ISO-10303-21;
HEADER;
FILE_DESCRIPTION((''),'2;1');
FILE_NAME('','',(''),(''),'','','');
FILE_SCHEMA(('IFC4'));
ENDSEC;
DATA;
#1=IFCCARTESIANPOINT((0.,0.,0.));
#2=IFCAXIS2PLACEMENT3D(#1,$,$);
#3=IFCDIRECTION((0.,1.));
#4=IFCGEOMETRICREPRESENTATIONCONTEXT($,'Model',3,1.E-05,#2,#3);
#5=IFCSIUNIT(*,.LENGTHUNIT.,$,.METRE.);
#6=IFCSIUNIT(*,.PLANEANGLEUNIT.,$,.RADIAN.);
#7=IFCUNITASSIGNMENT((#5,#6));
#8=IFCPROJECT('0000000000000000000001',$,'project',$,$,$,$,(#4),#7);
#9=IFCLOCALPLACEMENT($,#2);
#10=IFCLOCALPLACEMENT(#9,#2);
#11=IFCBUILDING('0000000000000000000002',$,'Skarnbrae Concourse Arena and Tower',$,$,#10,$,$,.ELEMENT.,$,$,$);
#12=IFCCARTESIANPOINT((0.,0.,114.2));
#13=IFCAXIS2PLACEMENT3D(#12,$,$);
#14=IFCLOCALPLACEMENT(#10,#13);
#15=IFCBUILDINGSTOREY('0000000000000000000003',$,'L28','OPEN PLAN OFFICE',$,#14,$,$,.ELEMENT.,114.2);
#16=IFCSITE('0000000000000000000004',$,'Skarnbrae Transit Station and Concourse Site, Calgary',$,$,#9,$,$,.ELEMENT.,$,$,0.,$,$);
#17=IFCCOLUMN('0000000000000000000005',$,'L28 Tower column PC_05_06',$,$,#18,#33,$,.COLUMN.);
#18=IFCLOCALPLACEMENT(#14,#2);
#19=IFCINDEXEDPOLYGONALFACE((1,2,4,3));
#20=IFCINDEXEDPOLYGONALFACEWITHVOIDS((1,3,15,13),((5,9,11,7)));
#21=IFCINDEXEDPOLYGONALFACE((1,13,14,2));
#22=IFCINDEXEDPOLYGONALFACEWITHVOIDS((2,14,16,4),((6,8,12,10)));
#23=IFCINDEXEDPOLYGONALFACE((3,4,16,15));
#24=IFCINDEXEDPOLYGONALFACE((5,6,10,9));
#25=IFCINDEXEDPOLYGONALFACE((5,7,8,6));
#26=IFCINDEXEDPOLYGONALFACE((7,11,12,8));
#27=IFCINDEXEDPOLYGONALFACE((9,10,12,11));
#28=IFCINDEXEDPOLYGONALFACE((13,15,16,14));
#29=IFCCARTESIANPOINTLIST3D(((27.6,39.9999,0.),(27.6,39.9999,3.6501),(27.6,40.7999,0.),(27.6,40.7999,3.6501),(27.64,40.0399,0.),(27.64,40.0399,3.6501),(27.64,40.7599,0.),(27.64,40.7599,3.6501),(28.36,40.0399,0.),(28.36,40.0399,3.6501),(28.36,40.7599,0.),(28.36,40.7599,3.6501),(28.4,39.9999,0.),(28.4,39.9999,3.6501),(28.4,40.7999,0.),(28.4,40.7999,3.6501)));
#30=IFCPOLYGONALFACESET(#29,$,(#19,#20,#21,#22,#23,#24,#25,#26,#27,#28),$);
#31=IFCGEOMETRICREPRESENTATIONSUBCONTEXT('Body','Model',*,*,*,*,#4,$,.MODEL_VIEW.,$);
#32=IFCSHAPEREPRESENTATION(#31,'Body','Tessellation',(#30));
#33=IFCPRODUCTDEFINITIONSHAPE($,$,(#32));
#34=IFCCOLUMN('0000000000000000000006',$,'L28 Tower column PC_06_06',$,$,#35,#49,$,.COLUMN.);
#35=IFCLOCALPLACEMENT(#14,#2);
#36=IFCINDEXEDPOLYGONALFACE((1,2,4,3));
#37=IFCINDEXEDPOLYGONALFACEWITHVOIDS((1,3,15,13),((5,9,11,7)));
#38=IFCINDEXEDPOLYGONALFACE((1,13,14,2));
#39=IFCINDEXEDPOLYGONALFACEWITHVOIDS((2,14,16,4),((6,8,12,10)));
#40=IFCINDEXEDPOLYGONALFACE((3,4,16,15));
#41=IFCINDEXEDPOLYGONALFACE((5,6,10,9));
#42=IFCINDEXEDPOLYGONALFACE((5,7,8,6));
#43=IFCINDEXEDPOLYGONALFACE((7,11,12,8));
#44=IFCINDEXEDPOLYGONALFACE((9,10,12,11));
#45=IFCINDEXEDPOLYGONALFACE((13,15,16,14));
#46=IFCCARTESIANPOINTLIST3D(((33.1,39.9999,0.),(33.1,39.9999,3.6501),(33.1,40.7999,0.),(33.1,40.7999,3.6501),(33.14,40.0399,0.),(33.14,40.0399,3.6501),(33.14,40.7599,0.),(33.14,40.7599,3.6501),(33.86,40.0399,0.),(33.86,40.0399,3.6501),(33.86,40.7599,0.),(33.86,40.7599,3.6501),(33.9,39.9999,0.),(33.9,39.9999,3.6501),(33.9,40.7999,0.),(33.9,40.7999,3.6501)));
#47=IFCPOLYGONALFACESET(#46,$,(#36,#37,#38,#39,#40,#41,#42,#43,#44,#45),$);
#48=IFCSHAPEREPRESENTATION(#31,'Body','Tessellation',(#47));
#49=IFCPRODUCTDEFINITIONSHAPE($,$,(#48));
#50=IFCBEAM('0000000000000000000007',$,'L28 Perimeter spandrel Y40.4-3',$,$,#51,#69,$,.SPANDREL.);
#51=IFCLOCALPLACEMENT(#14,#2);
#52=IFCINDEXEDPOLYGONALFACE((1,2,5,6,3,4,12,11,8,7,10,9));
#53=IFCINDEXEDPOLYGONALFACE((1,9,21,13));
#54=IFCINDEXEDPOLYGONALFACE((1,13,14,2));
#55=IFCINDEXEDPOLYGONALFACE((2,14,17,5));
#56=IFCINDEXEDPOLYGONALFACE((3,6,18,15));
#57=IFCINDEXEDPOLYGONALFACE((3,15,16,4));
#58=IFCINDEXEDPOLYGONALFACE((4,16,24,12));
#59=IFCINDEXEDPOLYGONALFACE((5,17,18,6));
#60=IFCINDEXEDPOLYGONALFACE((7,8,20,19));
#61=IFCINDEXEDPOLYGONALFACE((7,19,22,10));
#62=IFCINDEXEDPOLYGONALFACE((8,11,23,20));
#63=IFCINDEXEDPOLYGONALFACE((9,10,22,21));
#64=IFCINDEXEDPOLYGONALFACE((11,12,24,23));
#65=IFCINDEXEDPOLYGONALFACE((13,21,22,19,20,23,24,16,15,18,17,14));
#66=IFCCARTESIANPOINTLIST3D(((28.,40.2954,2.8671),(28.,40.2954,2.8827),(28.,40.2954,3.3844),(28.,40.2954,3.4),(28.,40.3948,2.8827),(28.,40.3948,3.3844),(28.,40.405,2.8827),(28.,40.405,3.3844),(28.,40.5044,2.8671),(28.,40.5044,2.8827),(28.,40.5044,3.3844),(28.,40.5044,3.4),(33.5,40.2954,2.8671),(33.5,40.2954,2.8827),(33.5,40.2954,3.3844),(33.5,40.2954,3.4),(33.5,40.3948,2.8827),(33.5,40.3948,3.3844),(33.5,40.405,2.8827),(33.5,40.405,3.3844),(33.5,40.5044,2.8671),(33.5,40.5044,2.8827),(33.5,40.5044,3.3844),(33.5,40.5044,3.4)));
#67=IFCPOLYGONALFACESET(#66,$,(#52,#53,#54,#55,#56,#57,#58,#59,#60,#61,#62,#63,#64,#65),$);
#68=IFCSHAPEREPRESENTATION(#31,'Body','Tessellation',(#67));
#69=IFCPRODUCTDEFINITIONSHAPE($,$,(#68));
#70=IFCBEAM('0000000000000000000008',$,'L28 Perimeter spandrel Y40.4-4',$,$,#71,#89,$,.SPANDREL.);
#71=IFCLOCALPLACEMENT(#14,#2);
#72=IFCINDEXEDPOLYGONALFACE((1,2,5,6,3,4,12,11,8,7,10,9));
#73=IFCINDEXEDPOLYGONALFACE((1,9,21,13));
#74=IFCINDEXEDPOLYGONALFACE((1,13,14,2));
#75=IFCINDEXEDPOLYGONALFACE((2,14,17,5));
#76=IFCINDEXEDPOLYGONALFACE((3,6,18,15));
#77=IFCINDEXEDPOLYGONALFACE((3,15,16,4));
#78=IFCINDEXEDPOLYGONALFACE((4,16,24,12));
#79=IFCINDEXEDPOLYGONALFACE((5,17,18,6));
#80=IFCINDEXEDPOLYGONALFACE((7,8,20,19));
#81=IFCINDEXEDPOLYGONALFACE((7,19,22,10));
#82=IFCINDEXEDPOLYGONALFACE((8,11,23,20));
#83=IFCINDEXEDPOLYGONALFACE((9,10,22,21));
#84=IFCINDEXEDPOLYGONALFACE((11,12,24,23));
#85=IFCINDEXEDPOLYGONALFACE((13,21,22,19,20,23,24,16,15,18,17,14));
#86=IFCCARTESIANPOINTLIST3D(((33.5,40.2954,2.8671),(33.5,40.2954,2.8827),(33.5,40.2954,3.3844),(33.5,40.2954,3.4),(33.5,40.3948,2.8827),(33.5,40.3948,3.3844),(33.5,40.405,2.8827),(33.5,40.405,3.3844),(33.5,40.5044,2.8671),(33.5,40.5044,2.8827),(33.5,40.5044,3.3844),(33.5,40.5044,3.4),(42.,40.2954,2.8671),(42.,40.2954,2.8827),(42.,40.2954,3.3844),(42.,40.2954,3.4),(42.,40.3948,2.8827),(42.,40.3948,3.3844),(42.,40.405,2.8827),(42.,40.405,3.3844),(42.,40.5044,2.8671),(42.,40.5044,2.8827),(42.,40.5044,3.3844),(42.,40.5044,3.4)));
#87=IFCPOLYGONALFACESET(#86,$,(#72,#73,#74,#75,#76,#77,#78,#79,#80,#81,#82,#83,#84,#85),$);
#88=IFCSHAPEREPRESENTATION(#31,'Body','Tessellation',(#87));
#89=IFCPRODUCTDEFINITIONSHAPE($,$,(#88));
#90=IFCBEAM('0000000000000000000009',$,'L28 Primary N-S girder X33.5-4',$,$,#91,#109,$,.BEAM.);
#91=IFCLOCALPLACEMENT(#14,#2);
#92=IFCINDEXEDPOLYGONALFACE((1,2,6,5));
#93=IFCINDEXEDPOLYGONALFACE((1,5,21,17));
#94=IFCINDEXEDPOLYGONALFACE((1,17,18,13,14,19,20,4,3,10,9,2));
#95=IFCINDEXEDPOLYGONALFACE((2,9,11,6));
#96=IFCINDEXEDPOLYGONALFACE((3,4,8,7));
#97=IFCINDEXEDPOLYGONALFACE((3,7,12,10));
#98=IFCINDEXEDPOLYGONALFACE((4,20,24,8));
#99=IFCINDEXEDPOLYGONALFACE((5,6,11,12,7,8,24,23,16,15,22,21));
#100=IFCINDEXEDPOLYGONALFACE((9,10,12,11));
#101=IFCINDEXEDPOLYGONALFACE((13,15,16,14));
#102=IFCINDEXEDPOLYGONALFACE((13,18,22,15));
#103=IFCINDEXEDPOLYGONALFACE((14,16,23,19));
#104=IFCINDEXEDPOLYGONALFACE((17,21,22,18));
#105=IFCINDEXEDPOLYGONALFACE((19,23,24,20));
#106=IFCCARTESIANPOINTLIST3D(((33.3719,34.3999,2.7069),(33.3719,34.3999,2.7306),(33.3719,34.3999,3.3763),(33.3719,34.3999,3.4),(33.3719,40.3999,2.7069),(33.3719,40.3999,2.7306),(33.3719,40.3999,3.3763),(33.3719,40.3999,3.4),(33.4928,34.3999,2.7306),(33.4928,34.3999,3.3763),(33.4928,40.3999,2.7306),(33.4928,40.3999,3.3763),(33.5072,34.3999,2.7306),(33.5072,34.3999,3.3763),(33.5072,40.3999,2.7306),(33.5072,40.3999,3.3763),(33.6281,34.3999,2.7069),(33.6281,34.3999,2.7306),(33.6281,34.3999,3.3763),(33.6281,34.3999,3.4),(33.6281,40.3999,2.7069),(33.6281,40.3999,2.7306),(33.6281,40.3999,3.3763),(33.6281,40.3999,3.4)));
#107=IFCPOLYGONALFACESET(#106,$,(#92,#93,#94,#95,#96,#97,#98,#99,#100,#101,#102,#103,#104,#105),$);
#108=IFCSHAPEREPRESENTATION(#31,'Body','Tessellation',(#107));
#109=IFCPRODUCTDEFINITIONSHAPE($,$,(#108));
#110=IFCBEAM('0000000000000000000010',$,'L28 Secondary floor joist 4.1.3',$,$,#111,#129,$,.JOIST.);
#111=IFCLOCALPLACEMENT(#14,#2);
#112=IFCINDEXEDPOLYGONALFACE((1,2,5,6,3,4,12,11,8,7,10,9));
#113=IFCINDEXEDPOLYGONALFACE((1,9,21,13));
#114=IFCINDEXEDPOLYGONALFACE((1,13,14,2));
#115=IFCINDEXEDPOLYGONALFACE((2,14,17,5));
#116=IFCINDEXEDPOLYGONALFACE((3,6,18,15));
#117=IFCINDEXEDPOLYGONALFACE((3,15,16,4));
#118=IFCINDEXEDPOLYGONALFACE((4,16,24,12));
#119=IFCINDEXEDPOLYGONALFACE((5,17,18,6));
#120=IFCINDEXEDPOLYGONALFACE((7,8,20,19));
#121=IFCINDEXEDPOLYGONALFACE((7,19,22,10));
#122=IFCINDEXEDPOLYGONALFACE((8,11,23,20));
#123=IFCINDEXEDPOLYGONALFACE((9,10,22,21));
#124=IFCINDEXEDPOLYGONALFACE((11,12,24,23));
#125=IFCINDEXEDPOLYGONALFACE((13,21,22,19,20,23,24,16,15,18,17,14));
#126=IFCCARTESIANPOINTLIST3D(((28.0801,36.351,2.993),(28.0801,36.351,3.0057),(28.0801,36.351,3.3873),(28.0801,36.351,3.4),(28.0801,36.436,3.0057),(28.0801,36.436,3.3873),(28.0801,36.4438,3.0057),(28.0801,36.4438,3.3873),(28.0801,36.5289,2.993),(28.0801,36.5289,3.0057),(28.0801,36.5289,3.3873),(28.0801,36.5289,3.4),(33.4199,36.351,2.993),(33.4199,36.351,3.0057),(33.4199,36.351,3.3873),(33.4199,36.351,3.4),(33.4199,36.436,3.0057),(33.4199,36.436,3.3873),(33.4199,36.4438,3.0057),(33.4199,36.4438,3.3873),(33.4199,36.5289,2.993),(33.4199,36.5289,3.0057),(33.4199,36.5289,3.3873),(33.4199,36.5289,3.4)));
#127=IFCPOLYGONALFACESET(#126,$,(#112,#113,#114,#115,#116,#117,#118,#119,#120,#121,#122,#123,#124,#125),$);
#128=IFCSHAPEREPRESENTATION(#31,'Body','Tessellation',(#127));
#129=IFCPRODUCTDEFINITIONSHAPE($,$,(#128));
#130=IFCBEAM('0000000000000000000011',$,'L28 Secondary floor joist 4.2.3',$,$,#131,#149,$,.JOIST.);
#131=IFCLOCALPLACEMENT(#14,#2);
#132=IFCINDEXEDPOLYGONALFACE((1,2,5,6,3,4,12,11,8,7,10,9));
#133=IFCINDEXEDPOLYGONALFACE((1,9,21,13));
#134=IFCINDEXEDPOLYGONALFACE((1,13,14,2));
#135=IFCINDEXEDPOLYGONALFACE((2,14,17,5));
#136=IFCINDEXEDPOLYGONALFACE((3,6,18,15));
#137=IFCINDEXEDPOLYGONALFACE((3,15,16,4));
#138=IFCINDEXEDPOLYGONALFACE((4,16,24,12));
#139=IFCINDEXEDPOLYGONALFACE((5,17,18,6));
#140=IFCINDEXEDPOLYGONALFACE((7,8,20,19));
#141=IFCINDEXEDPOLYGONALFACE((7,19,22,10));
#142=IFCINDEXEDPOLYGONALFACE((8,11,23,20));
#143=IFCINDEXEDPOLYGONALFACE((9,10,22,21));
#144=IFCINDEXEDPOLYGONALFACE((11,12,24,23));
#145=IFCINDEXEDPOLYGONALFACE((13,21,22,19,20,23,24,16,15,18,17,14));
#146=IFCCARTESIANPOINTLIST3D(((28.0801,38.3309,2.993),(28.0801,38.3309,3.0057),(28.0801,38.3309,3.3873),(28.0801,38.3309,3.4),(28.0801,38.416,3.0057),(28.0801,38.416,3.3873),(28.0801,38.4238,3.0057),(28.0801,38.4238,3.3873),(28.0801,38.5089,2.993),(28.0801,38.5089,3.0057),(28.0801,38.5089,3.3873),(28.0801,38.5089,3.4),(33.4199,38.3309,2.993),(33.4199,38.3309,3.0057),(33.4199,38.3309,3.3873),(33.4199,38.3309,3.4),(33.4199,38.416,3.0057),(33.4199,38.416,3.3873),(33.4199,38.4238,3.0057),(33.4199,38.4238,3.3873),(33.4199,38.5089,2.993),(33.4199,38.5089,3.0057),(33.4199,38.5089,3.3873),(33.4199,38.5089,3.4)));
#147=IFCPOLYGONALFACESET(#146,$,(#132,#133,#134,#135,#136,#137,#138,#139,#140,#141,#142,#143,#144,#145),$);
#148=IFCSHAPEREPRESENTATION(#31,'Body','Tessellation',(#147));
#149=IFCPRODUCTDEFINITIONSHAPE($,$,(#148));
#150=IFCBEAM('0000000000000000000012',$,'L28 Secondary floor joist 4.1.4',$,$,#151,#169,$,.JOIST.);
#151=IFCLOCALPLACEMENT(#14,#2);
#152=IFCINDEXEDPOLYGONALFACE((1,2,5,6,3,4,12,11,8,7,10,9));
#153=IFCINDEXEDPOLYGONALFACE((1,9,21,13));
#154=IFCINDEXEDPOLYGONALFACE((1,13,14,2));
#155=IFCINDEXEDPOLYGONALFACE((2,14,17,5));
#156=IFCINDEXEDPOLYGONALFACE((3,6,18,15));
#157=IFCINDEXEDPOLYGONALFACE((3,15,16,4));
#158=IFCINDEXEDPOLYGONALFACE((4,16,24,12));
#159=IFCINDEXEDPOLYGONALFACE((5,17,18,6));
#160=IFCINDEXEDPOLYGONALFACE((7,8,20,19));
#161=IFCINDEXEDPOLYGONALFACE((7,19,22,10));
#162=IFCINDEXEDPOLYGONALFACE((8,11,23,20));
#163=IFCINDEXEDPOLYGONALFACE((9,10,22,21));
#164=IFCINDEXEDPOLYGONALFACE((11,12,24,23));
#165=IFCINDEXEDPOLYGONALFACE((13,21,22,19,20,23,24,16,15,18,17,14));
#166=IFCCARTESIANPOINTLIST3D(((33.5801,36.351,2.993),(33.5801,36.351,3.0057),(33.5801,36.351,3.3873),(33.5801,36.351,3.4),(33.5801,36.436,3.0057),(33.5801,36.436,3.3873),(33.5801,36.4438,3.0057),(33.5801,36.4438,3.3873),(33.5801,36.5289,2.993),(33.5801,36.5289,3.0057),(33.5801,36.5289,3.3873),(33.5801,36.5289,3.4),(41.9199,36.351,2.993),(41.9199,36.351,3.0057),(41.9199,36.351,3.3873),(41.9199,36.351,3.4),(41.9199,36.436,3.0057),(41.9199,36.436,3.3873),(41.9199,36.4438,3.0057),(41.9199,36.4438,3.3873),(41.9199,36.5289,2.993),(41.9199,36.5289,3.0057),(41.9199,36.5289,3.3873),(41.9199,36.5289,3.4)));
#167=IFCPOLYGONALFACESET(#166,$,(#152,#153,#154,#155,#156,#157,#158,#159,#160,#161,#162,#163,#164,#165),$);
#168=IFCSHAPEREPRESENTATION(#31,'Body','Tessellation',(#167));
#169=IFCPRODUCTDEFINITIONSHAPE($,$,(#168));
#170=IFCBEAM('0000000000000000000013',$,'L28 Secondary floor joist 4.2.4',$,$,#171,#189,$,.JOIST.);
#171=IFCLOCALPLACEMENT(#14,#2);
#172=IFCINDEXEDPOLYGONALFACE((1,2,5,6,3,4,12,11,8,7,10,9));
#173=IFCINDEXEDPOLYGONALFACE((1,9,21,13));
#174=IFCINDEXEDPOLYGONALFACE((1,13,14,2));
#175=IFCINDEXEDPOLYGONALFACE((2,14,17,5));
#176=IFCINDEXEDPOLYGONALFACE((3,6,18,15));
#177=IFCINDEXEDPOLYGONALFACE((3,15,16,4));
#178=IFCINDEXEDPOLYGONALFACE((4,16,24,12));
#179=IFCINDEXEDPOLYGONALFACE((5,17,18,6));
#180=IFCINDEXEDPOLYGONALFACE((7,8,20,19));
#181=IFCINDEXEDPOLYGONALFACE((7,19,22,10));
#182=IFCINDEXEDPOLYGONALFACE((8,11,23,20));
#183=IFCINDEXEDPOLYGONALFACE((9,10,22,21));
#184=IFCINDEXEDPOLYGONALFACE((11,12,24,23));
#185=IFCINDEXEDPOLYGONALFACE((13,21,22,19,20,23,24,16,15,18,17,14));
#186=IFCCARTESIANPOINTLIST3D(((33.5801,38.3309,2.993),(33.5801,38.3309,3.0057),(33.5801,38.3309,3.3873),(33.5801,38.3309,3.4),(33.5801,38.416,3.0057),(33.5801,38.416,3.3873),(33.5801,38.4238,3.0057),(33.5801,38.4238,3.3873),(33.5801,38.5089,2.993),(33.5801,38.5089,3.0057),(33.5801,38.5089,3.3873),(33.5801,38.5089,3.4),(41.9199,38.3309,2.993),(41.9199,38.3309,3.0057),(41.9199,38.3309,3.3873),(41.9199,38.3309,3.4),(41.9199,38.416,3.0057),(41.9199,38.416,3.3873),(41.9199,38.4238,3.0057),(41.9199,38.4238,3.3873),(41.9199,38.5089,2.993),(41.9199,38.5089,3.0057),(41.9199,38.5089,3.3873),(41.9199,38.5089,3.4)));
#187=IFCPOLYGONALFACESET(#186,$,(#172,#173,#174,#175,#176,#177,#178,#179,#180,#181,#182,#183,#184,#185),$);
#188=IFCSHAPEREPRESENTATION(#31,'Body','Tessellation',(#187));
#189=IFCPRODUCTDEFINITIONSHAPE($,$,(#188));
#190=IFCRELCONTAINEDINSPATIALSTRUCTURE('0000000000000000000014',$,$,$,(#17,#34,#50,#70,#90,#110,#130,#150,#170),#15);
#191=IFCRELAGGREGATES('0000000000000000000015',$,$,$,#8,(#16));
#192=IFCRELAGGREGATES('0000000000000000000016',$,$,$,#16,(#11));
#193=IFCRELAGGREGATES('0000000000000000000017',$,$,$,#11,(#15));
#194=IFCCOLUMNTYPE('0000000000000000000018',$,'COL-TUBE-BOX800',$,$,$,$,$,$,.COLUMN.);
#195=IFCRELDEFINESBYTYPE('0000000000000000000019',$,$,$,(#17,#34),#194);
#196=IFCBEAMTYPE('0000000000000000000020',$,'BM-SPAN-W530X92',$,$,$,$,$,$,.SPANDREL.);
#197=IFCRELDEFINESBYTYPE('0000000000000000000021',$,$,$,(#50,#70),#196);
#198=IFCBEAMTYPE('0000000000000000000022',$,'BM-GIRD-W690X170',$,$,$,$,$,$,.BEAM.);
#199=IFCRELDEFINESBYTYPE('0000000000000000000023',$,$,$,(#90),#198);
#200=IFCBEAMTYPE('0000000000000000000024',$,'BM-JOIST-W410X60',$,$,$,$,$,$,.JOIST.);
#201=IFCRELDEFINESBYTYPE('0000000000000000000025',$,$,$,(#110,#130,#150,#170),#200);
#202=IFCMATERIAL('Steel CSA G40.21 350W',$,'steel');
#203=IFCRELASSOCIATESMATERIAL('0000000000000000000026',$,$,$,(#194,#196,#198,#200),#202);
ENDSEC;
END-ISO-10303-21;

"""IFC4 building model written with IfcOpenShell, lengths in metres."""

from ifc_helpers import new_model, si_unit, direction, frame, origin, origin_2d, place, context, subcontext, project, spatial, hollow_rectangle, i_section, extrude, source, transform, mapped, material, material_profile, profile_set, type_object, element, save


model = new_model("IFC4")

# Units and contexts
model_context = context("Model", 3, precision=1e-05, world=origin(), true_north=direction((0.0, 1.0)))
body_context = subcontext(model_context, "Body", "Model", "MODEL_VIEW")
ifc_project = project(units=[si_unit("LENGTHUNIT", "METRE"), si_unit("PLANEANGLEUNIT", "RADIAN")], contexts=[model_context])

# Site, building, storey
site_placement = place(None, origin())
site = spatial("IfcSite", under=ifc_project, at=site_placement, Name="Skarnbrae Transit Station and Concourse Site, Calgary", CompositionType="ELEMENT", RefElevation=0.0)
building_placement = place(site_placement, origin())
building = spatial("IfcBuilding", under=site, at=building_placement, Name="Skarnbrae Concourse Arena and Tower", CompositionType="ELEMENT")
storey_placement = place(building_placement, frame((0.0, 0.0, 114.2)))
storey = spatial("IfcBuildingStorey", under=building, at=storey_placement, Name="L28", Description="OPEN PLAN OFFICE", CompositionType="ELEMENT", Elevation=114.2)

# Columns
ifc_material_1 = material(Name="Steel CSA G40.21 350W", Category="steel")
ifc_material_profile_1 = material_profile(ifc_material_1, hollow_rectangle(XDim=0.8, YDim=0.8, WallThickness=0.04, at=origin_2d()), Name="BOX800X800X40")
ifc_profile_set_1 = profile_set([ifc_material_profile_1], Name="Steel CSA G40.21 350W")
column_type = type_object("IfcColumnType", Name="COL-TUBE-BOX800", PredefinedType="COLUMN", material=ifc_profile_set_1)
shared_shape_1 = source(origin(), body_context, "Body", "SweptSolid", [
    extrude(hollow_rectangle(XDim=0.8, YDim=0.8, WallThickness=0.04, at=origin_2d()), origin(), (0.0, 0.0, 1.0), 3.6501),
])
for number, where, z_axis, x_axis, name in (
    (1, (28.0, 40.3999, 0.0), (0.0, 0.0, 1.0), (1.0, 0.0, 0.0), "L28 Tower column PC_05_06"),
    (2, (33.5, 40.3999, 0.0), (0.0, 0.0, 1.0), (1.0, 0.0, 0.0), "L28 Tower column PC_06_06"),
):
    element("IfcColumn", number, at=place(storey_placement, frame(where, z_axis=z_axis, x_axis=x_axis)), inside=storey, type_object=column_type, Name=name, PredefinedType="COLUMN", context=body_context, shape_type="MappedRepresentation", body=[
        mapped(shared_shape_1, transform((0.0, 0.0, 0.0))),
    ])

# Beams
ifc_material_profile_2 = material_profile(ifc_material_1, i_section(OverallWidth=0.209, OverallDepth=0.533, WebThickness=0.0103, FlangeThickness=0.0156, at=origin_2d()), Name="W530X92")
ifc_profile_set_2 = profile_set([ifc_material_profile_2], Name="Steel CSA G40.21 350W")
beam_type_1 = type_object("IfcBeamType", Name="BM-SPAN-W530X92", PredefinedType="SPANDREL", material=ifc_profile_set_2)
shared_shape_2 = source(origin(), body_context, "Body", "SweptSolid", [
    extrude(i_section(OverallWidth=0.209, OverallDepth=0.533, WebThickness=0.0103, FlangeThickness=0.0156, at=origin_2d()), origin(), (0.0, 0.0, 1.0), 5.5),
])
beam_1_placement = place(storey_placement, frame((28.0, 40.3999, 3.1335), z_axis=(1.0, 0.0, 0.0), x_axis=(0.0, 1.0, 0.0)))
element("IfcBeam", 3, at=beam_1_placement, inside=storey, type_object=beam_type_1, Name="L28 Perimeter spandrel Y40.4-3", PredefinedType="SPANDREL", context=body_context, shape_type="MappedRepresentation", body=[
    mapped(shared_shape_2, transform((0.0, 0.0, 0.0))),
])
shared_shape_3 = source(origin(), body_context, "Body", "SweptSolid", [
    extrude(i_section(OverallWidth=0.209, OverallDepth=0.533, WebThickness=0.0103, FlangeThickness=0.0156, at=origin_2d()), origin(), (0.0, 0.0, 1.0), 8.5),
])
beam_2_placement = place(storey_placement, frame((33.5, 40.3999, 3.1335), z_axis=(1.0, 0.0, 0.0), x_axis=(0.0, 1.0, 0.0)))
element("IfcBeam", 4, at=beam_2_placement, inside=storey, type_object=beam_type_1, Name="L28 Perimeter spandrel Y40.4-4", PredefinedType="SPANDREL", context=body_context, shape_type="MappedRepresentation", body=[
    mapped(shared_shape_3, transform((0.0, 0.0, 0.0))),
])
ifc_material_profile_3 = material_profile(ifc_material_1, i_section(OverallWidth=0.2561, OverallDepth=0.6931, WebThickness=0.0144, FlangeThickness=0.0237, at=origin_2d()), Name="W690X170")
ifc_profile_set_3 = profile_set([ifc_material_profile_3], Name="Steel CSA G40.21 350W")
beam_type_2 = type_object("IfcBeamType", Name="BM-GIRD-W690X170", PredefinedType="BEAM", material=ifc_profile_set_3)
shared_shape_4 = source(origin(), body_context, "Body", "SweptSolid", [
    extrude(i_section(OverallWidth=0.2561, OverallDepth=0.6931, WebThickness=0.0144, FlangeThickness=0.0237, at=origin_2d()), origin(), (0.0, 0.0, 1.0), 6.0),
])
beam_3_placement = place(storey_placement, frame((33.5, 34.3999, 3.0535), z_axis=(0.0, 1.0, 0.0), x_axis=(-1.0, 0.0, 0.0)))
element("IfcBeam", 5, at=beam_3_placement, inside=storey, type_object=beam_type_2, Name="L28 Primary N-S girder X33.5-4", PredefinedType="BEAM", context=body_context, shape_type="MappedRepresentation", body=[
    mapped(shared_shape_4, transform((0.0, 0.0, 0.0))),
])
ifc_material_profile_4 = material_profile(ifc_material_1, i_section(OverallWidth=0.178, OverallDepth=0.407, WebThickness=0.0078, FlangeThickness=0.0127, at=origin_2d()), Name="W410X60")
ifc_profile_set_4 = profile_set([ifc_material_profile_4], Name="Steel CSA G40.21 350W")
beam_type_3 = type_object("IfcBeamType", Name="BM-JOIST-W410X60", PredefinedType="JOIST", material=ifc_profile_set_4)
shared_shape_5 = source(origin(), body_context, "Body", "SweptSolid", [
    extrude(i_section(OverallWidth=0.178, OverallDepth=0.407, WebThickness=0.0078, FlangeThickness=0.0127, at=origin_2d()), origin(), (0.0, 0.0, 1.0), 5.3398),
])
for number, where, z_axis, x_axis, name in (
    (6, (28.0801, 36.4399, 3.1965), (1.0, 0.0, 0.0), (0.0, 1.0, 0.0), "L28 Secondary floor joist 4.1.3"),
    (7, (28.0801, 38.4199, 3.1965), (1.0, 0.0, 0.0), (0.0, 1.0, 0.0), "L28 Secondary floor joist 4.2.3"),
):
    element("IfcBeam", number, at=place(storey_placement, frame(where, z_axis=z_axis, x_axis=x_axis)), inside=storey, type_object=beam_type_3, Name=name, PredefinedType="JOIST", context=body_context, shape_type="MappedRepresentation", body=[
        mapped(shared_shape_5, transform((0.0, 0.0, 0.0))),
    ])
shared_shape_6 = source(origin(), body_context, "Body", "SweptSolid", [
    extrude(i_section(OverallWidth=0.178, OverallDepth=0.407, WebThickness=0.0078, FlangeThickness=0.0127, at=origin_2d()), origin(), (0.0, 0.0, 1.0), 8.3398),
])
for number, where, z_axis, x_axis, name in (
    (8, (33.5801, 36.4399, 3.1965), (1.0, 0.0, 0.0), (0.0, 1.0, 0.0), "L28 Secondary floor joist 4.1.4"),
    (9, (33.5801, 38.4199, 3.1965), (1.0, 0.0, 0.0), (0.0, 1.0, 0.0), "L28 Secondary floor joist 4.2.4"),
):
    element("IfcBeam", number, at=place(storey_placement, frame(where, z_axis=z_axis, x_axis=x_axis)), inside=storey, type_object=beam_type_3, Name=name, PredefinedType="JOIST", context=body_context, shape_type="MappedRepresentation", body=[
        mapped(shared_shape_6, transform((0.0, 0.0, 0.0))),
    ])

save(model, "model.ifc")
